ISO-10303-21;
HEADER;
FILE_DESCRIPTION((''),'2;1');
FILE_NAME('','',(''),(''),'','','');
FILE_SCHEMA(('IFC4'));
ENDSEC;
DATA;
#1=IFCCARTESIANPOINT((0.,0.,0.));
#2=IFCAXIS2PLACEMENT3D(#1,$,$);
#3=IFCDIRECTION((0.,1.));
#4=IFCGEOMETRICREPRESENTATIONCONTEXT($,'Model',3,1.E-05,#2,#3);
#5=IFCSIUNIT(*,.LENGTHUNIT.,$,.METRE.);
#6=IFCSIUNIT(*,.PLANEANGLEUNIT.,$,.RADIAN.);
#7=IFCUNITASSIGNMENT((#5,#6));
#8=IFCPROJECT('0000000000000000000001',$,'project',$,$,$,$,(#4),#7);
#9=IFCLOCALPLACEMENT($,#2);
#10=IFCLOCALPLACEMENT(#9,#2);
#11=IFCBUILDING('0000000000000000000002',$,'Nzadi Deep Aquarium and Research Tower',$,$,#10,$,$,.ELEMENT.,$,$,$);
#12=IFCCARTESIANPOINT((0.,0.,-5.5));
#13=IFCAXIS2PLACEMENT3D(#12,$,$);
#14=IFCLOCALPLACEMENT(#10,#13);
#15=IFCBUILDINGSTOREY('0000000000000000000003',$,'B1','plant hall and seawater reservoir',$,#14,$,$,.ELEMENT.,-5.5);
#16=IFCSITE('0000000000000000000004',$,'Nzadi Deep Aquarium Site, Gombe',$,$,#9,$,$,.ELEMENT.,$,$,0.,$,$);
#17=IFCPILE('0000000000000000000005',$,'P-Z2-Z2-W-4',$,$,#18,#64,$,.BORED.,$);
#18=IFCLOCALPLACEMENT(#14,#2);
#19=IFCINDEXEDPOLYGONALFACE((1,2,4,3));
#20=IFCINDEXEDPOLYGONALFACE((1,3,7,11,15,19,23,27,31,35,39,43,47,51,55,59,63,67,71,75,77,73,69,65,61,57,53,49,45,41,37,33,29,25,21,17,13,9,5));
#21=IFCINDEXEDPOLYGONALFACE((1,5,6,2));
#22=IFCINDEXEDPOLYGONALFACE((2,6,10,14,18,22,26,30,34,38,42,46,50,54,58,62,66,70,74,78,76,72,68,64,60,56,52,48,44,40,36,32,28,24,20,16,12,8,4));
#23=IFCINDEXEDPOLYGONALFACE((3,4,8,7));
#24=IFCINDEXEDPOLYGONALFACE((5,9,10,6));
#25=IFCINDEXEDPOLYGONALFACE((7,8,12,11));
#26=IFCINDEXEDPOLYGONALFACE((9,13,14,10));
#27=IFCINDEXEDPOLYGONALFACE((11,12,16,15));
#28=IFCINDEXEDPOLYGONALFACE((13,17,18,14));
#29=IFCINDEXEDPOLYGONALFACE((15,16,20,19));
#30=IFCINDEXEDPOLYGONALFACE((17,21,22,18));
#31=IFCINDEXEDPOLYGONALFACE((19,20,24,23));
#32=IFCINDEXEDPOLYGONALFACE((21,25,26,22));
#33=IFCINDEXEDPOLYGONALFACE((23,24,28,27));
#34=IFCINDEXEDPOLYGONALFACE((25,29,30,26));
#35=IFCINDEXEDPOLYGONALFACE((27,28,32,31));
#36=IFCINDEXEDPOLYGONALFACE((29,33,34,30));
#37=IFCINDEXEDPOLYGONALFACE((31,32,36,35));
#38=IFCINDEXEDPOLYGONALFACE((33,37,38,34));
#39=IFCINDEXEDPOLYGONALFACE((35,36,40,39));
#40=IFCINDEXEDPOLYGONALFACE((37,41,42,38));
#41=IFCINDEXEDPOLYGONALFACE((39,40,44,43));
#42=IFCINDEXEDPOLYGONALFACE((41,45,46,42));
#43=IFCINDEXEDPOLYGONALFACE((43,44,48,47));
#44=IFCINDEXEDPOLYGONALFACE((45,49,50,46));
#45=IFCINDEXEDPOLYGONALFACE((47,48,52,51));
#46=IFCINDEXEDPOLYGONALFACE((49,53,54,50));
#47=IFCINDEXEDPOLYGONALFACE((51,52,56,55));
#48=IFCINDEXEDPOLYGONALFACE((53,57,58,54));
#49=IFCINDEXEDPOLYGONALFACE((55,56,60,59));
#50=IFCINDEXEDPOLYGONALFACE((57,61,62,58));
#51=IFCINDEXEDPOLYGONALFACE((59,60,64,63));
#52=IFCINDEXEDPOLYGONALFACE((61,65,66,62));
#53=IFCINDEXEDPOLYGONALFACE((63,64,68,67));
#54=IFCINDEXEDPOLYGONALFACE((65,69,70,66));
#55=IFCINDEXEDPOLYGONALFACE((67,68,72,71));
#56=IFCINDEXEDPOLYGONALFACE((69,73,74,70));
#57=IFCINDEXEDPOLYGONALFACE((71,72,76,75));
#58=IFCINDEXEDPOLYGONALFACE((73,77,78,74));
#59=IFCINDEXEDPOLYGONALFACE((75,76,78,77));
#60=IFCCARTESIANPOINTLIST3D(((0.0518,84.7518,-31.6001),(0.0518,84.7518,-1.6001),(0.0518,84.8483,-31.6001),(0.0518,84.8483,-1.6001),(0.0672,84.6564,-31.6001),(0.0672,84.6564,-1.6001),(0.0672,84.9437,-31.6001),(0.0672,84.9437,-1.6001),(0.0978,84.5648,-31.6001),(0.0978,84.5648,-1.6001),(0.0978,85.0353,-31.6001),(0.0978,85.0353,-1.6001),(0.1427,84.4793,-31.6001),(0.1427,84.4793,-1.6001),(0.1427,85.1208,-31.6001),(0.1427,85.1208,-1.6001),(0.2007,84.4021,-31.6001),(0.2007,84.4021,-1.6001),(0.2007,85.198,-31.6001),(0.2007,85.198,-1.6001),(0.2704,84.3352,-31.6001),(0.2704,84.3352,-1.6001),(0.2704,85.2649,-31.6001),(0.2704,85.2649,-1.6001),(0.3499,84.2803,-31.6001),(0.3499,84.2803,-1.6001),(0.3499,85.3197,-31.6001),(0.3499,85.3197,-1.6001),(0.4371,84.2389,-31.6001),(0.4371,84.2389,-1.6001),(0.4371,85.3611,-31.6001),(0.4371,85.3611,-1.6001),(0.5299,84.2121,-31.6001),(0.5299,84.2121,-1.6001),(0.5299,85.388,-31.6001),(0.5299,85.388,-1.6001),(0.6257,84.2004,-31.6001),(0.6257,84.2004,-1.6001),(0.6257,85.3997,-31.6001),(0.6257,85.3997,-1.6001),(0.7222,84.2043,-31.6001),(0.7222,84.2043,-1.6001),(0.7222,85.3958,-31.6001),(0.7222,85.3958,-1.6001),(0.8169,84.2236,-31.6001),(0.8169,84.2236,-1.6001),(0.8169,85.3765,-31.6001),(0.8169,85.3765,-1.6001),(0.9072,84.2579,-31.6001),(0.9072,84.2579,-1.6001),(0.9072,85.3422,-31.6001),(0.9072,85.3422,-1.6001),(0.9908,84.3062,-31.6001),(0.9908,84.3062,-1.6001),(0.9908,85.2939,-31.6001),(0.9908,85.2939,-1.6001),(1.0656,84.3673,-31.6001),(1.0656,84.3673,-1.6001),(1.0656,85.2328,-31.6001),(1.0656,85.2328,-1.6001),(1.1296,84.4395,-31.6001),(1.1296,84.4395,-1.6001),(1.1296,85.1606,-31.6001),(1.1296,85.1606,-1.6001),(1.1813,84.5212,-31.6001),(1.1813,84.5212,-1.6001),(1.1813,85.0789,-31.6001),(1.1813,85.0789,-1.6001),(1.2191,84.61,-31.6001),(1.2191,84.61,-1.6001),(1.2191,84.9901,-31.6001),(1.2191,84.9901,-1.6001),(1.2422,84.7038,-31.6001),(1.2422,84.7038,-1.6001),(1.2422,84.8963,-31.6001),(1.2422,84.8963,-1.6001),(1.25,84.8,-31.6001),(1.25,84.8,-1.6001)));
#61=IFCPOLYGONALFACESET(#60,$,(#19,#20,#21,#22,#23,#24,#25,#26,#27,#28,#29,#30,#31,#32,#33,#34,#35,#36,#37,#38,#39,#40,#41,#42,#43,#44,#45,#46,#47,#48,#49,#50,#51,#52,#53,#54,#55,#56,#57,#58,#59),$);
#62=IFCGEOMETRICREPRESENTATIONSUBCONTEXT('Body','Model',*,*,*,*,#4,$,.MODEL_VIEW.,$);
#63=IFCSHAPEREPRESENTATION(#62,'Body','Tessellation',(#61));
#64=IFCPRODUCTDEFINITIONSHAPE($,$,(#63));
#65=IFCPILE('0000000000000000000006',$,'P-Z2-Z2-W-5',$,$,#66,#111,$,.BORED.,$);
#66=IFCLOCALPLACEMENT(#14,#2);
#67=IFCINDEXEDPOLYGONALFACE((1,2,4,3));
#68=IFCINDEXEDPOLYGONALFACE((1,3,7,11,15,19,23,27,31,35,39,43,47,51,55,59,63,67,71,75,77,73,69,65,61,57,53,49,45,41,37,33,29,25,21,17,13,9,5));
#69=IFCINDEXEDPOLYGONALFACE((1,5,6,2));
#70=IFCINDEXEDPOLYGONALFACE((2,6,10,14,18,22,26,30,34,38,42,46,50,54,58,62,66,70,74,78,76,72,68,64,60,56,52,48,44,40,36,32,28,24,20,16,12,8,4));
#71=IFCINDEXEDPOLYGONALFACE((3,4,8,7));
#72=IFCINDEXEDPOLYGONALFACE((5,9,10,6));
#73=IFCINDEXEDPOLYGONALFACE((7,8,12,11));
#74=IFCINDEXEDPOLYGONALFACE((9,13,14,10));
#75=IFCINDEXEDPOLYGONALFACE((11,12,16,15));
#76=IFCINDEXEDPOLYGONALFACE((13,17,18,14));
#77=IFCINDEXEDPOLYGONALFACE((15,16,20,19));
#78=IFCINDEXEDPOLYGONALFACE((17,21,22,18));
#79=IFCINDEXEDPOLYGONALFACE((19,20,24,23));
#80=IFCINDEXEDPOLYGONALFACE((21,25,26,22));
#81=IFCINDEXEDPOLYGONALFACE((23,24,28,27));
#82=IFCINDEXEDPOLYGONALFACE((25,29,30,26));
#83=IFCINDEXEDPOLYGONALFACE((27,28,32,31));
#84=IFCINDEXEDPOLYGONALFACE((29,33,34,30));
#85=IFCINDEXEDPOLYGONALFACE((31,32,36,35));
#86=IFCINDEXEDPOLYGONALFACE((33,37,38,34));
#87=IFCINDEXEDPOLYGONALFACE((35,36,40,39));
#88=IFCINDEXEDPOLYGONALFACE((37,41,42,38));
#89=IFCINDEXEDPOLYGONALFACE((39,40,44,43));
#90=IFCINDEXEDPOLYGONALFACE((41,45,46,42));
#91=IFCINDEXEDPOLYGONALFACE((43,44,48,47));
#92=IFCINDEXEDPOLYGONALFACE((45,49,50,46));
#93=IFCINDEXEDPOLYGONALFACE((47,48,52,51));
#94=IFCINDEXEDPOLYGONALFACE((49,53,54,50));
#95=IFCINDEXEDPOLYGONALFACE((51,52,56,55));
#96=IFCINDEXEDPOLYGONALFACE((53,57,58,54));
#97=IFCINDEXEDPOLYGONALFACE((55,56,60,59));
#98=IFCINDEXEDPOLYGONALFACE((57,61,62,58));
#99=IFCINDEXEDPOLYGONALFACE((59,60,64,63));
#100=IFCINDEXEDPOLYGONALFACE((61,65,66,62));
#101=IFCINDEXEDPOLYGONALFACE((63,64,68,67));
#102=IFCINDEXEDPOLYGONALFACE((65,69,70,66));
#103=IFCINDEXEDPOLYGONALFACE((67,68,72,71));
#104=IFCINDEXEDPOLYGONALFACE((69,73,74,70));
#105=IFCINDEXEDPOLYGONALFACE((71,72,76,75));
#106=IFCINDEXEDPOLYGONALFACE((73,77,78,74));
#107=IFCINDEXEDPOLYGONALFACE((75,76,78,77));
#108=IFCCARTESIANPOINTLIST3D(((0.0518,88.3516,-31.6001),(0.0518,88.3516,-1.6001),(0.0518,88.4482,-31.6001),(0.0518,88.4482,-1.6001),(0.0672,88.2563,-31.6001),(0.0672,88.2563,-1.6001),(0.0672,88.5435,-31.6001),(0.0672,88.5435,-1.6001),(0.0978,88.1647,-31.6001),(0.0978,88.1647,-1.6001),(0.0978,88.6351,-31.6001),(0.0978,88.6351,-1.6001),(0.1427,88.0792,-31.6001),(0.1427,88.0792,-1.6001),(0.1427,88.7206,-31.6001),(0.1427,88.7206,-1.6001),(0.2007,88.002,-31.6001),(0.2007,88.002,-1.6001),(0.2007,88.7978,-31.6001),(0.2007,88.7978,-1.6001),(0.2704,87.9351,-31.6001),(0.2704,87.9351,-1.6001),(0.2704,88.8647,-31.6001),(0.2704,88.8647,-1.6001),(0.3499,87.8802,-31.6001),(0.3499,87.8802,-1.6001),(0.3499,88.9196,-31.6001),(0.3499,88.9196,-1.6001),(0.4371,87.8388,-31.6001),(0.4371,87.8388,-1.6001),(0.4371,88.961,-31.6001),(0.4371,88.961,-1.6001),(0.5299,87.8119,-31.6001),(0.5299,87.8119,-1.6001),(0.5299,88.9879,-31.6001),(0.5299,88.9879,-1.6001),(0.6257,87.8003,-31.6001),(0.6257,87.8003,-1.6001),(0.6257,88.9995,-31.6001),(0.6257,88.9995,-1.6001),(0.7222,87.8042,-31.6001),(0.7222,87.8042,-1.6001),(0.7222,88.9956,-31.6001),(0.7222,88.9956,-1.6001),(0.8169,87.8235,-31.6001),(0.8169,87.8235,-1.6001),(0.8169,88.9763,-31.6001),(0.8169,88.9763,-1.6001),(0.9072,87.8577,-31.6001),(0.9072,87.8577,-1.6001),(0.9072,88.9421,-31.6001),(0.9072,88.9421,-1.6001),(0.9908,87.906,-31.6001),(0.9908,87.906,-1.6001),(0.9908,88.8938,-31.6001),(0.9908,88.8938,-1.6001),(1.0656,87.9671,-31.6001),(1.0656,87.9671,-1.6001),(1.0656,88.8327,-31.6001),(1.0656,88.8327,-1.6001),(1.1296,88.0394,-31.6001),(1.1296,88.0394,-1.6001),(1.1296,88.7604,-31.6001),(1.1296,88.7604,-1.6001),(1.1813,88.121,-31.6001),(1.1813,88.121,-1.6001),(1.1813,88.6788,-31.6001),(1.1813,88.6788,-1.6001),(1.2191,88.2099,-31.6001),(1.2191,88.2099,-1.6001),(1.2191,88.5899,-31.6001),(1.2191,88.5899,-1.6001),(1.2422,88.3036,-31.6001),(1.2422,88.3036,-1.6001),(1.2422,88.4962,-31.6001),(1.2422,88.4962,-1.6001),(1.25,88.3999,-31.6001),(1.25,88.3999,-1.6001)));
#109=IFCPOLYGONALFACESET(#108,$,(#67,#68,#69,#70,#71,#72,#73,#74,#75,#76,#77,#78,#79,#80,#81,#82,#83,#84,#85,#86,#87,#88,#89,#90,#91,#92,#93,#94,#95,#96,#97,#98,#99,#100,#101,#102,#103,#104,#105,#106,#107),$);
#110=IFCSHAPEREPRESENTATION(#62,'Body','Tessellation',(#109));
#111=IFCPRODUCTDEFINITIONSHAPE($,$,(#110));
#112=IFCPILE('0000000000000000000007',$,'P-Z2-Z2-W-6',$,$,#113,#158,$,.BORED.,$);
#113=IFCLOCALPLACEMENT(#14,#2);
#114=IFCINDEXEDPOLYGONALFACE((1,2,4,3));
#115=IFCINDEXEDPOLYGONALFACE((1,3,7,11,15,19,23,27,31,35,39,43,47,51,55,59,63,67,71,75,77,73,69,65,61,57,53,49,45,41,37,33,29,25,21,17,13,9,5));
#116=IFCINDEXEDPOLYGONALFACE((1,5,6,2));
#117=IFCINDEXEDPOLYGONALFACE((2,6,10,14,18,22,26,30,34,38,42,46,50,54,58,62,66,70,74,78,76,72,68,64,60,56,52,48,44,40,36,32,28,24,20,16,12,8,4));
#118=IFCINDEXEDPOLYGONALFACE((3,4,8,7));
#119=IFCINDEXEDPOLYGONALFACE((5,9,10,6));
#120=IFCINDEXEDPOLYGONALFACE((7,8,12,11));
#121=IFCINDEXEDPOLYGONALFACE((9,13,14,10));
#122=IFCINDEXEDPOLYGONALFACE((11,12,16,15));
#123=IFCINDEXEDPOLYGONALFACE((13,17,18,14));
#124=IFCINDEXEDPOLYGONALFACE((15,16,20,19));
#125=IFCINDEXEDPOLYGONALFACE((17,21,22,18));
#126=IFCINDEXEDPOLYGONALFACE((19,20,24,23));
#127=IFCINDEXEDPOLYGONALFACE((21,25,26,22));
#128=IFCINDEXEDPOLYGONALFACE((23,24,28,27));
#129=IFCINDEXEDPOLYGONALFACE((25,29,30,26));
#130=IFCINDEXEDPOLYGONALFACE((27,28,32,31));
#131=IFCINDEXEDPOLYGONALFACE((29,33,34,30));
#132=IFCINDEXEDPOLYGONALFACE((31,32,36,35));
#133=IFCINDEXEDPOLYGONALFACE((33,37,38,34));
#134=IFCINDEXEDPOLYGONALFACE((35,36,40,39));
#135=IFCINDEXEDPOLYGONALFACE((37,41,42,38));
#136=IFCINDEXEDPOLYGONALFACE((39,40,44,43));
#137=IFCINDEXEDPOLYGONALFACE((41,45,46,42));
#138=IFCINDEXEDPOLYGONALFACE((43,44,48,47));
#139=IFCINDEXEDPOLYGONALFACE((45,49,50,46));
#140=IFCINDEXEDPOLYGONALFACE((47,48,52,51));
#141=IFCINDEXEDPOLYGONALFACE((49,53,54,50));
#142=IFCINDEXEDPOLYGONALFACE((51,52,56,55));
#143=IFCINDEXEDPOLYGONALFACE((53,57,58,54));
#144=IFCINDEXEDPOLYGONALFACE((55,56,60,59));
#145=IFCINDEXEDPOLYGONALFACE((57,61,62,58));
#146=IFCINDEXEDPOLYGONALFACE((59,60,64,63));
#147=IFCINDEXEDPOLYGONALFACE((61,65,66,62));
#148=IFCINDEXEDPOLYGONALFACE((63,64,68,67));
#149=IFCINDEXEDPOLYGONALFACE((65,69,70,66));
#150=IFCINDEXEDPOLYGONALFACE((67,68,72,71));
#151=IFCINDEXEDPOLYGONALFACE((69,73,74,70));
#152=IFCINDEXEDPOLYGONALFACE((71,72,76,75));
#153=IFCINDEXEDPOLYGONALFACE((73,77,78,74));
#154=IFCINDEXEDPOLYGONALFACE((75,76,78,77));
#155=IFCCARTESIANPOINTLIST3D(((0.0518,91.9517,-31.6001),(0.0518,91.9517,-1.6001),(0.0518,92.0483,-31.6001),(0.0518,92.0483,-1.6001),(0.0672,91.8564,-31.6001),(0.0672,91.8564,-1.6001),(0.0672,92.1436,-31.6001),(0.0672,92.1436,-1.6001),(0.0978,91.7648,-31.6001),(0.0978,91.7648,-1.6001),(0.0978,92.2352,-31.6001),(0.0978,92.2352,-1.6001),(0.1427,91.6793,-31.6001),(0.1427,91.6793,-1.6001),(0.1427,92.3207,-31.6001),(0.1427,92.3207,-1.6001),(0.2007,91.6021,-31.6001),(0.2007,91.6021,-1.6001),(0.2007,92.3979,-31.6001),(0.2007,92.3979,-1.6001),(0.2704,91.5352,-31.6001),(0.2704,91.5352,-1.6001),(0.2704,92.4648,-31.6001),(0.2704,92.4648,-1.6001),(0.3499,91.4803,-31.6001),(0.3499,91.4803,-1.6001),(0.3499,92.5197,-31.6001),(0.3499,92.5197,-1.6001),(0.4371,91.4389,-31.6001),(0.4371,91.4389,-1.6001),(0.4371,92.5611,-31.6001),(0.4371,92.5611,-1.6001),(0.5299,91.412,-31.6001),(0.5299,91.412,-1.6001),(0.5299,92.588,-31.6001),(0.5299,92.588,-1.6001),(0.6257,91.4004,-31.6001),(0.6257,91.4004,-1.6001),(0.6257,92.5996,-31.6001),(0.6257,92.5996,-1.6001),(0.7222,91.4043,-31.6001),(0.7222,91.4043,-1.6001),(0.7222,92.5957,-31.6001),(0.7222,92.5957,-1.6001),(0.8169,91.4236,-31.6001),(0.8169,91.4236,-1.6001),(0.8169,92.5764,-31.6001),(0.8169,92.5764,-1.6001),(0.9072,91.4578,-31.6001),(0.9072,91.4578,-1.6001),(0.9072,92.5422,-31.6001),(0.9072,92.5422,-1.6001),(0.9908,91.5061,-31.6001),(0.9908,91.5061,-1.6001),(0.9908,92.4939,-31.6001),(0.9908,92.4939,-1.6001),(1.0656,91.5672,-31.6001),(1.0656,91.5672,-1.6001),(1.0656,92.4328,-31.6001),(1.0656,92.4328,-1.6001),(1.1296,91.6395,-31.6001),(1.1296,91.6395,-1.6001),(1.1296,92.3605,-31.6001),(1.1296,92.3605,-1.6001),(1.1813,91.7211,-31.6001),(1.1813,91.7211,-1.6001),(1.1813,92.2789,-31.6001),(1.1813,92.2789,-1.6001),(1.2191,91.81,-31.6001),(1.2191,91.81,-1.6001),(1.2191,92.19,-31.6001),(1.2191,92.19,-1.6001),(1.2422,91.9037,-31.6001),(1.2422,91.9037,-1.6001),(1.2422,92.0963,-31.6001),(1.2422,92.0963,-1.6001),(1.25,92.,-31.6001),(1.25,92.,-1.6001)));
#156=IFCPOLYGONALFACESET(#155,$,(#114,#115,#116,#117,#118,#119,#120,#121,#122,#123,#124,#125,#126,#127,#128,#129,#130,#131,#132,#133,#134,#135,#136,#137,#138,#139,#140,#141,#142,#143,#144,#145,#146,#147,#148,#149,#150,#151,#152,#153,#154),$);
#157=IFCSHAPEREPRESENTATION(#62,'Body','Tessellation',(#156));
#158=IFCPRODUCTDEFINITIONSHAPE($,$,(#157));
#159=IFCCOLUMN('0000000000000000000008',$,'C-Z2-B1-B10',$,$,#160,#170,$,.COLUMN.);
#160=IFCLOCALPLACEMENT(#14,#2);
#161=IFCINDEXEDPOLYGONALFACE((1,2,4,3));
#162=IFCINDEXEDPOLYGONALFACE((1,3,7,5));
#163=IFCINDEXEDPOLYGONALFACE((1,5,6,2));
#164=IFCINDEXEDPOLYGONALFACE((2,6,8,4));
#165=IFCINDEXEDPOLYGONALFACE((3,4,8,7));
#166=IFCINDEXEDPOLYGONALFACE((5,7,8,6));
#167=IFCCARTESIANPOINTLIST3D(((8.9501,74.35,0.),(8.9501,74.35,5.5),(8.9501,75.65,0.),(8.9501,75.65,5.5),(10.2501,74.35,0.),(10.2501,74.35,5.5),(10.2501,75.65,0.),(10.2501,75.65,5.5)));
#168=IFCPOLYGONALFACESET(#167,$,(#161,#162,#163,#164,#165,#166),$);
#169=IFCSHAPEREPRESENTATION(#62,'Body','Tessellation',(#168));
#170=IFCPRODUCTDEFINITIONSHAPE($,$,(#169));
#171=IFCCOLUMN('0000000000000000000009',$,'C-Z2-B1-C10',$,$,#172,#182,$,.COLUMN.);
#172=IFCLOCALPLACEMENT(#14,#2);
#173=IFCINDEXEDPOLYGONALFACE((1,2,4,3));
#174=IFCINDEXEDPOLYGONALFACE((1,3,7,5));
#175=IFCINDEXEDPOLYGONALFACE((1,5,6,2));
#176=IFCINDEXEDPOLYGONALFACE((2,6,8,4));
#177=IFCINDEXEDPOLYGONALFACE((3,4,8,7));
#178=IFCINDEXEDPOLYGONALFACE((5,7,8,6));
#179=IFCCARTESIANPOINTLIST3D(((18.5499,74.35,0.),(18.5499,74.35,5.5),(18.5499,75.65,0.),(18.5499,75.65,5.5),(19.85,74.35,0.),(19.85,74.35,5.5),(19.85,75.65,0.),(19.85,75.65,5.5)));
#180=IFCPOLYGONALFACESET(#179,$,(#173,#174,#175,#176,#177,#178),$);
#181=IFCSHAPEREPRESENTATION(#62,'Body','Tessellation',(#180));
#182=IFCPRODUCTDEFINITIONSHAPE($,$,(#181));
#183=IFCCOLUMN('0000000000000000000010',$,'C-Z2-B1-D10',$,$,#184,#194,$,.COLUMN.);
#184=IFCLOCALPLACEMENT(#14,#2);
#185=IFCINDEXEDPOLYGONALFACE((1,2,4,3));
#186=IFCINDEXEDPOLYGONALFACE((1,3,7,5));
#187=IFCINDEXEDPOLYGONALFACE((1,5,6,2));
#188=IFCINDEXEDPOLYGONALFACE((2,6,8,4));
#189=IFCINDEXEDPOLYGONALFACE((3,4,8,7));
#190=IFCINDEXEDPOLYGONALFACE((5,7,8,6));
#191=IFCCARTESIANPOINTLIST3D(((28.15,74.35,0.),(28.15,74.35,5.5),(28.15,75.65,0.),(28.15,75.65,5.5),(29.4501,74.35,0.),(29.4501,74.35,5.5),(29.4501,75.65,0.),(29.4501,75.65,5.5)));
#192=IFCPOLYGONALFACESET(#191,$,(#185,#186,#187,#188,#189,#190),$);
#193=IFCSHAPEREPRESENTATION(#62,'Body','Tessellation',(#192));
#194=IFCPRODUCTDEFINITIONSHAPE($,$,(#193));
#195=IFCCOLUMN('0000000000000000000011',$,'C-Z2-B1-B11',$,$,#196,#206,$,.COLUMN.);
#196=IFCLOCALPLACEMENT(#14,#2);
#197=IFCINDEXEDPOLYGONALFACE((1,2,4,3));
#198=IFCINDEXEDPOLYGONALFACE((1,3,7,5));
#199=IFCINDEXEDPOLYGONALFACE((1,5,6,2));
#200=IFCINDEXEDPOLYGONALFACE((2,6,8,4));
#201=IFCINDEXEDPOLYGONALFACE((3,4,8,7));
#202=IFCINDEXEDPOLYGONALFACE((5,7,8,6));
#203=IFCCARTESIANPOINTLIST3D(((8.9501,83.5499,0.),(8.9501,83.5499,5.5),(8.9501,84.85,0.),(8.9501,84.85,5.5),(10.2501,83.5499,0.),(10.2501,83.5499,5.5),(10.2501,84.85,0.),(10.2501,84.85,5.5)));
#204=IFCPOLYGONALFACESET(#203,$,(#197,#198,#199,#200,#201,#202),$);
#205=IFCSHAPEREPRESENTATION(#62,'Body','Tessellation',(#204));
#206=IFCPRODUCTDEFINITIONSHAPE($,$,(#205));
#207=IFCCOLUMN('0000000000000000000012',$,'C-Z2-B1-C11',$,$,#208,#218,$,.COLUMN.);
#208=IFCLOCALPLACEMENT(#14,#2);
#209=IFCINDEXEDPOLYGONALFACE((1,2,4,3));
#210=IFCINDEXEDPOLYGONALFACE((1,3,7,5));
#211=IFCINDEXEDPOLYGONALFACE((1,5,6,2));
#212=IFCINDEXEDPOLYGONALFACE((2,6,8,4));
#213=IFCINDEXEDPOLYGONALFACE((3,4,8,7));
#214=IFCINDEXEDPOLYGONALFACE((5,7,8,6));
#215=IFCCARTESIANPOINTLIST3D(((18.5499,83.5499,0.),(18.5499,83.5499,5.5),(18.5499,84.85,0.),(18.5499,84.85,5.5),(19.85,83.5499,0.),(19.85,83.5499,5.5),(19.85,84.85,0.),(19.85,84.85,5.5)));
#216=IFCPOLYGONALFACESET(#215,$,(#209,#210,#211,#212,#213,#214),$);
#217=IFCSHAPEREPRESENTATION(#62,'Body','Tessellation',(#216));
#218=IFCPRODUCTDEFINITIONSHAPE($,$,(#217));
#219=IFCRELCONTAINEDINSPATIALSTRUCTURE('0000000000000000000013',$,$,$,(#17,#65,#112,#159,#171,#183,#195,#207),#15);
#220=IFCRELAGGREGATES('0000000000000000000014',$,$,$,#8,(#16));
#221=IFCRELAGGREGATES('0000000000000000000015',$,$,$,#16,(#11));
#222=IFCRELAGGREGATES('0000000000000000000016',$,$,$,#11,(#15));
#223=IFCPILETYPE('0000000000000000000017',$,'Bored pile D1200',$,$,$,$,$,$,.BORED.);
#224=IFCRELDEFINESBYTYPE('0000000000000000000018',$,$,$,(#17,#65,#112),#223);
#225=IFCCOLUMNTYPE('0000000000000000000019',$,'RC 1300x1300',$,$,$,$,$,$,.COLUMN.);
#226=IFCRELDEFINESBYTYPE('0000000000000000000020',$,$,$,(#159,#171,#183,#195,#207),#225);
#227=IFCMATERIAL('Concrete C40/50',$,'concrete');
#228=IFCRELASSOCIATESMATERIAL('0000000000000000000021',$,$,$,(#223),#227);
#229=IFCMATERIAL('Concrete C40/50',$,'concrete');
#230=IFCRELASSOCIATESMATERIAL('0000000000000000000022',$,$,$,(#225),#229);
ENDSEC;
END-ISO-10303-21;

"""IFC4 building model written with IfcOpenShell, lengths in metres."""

from ifc_helpers import new_model, si_unit, direction, frame, origin, origin_2d, place, context, subcontext, project, spatial, rectangle, circle, extrude, material, material_profile, profile_set, type_object, element, save


model = new_model("IFC4")

# Units and contexts
model_context = context("Model", 3, precision=1e-05, world=origin(), true_north=direction((0.0, 1.0)))
body_context = subcontext(model_context, "Body", "Model", "MODEL_VIEW")
ifc_project = project(units=[si_unit("LENGTHUNIT", "METRE"), si_unit("PLANEANGLEUNIT", "RADIAN")], contexts=[model_context])

# Site, building, storey
site_placement = place(None, origin())
site = spatial("IfcSite", under=ifc_project, at=site_placement, Name="Nzadi Deep Aquarium Site, Gombe", CompositionType="ELEMENT", RefElevation=0.0)
building_placement = place(site_placement, origin())
building = spatial("IfcBuilding", under=site, at=building_placement, Name="Nzadi Deep Aquarium and Research Tower", CompositionType="ELEMENT")
storey_placement = place(building_placement, frame((0.0, 0.0, -5.5)))
storey = spatial("IfcBuildingStorey", under=building, at=storey_placement, Name="B1", Description="plant hall and seawater reservoir", CompositionType="ELEMENT", Elevation=-5.5)

# Piles
ifc_material_1 = material(Name="Concrete C40/50", Category="concrete")
ifc_material_profile_1 = material_profile(ifc_material_1, circle(Radius=0.6001, at=origin_2d()))
ifc_profile_set_1 = profile_set([ifc_material_profile_1], Name="Concrete C40/50")
pile_type_1 = type_object("IfcPileType", Name="Bored pile D1200", PredefinedType="BORED", material=ifc_profile_set_1)
for number, where, z_axis, x_axis, name in (
    (1, (0.6499, 84.8, -1.6001), (0.0, 0.0, -1.0), (1.0, 0.0, 0.0), "P-Z2-Z2-W-4"),
    (2, (0.6499, 88.3999, -1.6001), (0.0, 0.0, -1.0), (1.0, 0.0, 0.0), "P-Z2-Z2-W-5"),
    (3, (0.6499, 92.0, -1.6001), (0.0, 0.0, -1.0), (1.0, 0.0, 0.0), "P-Z2-Z2-W-6"),
):
    element("IfcPile", number, at=place(storey_placement, frame(where, z_axis=z_axis, x_axis=x_axis)), inside=storey, type_object=pile_type_1, Name=name, PredefinedType="BORED", context=body_context, shape_type="SweptSolid", body=[
        extrude(circle(Radius=0.6001, at=origin_2d()), origin(), (0.0, 0.0, 1.0), 30.0),
    ])

# Columns
ifc_material_2 = material(Name="Concrete C40/50", Category="concrete")
ifc_material_profile_2 = material_profile(ifc_material_2, rectangle(XDim=1.3, YDim=1.3, at=origin_2d()))
ifc_profile_set_2 = profile_set([ifc_material_profile_2], Name="Concrete C40/50")
column_type = type_object("IfcColumnType", Name="RC 1300x1300", PredefinedType="COLUMN", material=ifc_profile_set_2)
for number, where, z_axis, x_axis, name in (
    (4, (9.6001, 75.0, 0.0), (0.0, 0.0, 1.0), (1.0, 0.0, 0.0), "C-Z2-B1-B10"),
    (5, (19.2, 75.0, 0.0), (0.0, 0.0, 1.0), (1.0, 0.0, 0.0), "C-Z2-B1-C10"),
    (6, (28.8, 75.0, 0.0), (0.0, 0.0, 1.0), (1.0, 0.0, 0.0), "C-Z2-B1-D10"),
    (7, (9.6001, 84.2, 0.0), (0.0, 0.0, 1.0), (1.0, 0.0, 0.0), "C-Z2-B1-B11"),
    (8, (19.2, 84.2, 0.0), (0.0, 0.0, 1.0), (1.0, 0.0, 0.0), "C-Z2-B1-C11"),
):
    element("IfcColumn", number, at=place(storey_placement, frame(where, z_axis=z_axis, x_axis=x_axis)), inside=storey, type_object=column_type, Name=name, PredefinedType="COLUMN", context=body_context, shape_type="SweptSolid", body=[
        extrude(rectangle(XDim=1.3, YDim=1.3, at=origin_2d()), origin(), (0.0, 0.0, 1.0), 5.5),
    ])

save(model, "model.ifc")
